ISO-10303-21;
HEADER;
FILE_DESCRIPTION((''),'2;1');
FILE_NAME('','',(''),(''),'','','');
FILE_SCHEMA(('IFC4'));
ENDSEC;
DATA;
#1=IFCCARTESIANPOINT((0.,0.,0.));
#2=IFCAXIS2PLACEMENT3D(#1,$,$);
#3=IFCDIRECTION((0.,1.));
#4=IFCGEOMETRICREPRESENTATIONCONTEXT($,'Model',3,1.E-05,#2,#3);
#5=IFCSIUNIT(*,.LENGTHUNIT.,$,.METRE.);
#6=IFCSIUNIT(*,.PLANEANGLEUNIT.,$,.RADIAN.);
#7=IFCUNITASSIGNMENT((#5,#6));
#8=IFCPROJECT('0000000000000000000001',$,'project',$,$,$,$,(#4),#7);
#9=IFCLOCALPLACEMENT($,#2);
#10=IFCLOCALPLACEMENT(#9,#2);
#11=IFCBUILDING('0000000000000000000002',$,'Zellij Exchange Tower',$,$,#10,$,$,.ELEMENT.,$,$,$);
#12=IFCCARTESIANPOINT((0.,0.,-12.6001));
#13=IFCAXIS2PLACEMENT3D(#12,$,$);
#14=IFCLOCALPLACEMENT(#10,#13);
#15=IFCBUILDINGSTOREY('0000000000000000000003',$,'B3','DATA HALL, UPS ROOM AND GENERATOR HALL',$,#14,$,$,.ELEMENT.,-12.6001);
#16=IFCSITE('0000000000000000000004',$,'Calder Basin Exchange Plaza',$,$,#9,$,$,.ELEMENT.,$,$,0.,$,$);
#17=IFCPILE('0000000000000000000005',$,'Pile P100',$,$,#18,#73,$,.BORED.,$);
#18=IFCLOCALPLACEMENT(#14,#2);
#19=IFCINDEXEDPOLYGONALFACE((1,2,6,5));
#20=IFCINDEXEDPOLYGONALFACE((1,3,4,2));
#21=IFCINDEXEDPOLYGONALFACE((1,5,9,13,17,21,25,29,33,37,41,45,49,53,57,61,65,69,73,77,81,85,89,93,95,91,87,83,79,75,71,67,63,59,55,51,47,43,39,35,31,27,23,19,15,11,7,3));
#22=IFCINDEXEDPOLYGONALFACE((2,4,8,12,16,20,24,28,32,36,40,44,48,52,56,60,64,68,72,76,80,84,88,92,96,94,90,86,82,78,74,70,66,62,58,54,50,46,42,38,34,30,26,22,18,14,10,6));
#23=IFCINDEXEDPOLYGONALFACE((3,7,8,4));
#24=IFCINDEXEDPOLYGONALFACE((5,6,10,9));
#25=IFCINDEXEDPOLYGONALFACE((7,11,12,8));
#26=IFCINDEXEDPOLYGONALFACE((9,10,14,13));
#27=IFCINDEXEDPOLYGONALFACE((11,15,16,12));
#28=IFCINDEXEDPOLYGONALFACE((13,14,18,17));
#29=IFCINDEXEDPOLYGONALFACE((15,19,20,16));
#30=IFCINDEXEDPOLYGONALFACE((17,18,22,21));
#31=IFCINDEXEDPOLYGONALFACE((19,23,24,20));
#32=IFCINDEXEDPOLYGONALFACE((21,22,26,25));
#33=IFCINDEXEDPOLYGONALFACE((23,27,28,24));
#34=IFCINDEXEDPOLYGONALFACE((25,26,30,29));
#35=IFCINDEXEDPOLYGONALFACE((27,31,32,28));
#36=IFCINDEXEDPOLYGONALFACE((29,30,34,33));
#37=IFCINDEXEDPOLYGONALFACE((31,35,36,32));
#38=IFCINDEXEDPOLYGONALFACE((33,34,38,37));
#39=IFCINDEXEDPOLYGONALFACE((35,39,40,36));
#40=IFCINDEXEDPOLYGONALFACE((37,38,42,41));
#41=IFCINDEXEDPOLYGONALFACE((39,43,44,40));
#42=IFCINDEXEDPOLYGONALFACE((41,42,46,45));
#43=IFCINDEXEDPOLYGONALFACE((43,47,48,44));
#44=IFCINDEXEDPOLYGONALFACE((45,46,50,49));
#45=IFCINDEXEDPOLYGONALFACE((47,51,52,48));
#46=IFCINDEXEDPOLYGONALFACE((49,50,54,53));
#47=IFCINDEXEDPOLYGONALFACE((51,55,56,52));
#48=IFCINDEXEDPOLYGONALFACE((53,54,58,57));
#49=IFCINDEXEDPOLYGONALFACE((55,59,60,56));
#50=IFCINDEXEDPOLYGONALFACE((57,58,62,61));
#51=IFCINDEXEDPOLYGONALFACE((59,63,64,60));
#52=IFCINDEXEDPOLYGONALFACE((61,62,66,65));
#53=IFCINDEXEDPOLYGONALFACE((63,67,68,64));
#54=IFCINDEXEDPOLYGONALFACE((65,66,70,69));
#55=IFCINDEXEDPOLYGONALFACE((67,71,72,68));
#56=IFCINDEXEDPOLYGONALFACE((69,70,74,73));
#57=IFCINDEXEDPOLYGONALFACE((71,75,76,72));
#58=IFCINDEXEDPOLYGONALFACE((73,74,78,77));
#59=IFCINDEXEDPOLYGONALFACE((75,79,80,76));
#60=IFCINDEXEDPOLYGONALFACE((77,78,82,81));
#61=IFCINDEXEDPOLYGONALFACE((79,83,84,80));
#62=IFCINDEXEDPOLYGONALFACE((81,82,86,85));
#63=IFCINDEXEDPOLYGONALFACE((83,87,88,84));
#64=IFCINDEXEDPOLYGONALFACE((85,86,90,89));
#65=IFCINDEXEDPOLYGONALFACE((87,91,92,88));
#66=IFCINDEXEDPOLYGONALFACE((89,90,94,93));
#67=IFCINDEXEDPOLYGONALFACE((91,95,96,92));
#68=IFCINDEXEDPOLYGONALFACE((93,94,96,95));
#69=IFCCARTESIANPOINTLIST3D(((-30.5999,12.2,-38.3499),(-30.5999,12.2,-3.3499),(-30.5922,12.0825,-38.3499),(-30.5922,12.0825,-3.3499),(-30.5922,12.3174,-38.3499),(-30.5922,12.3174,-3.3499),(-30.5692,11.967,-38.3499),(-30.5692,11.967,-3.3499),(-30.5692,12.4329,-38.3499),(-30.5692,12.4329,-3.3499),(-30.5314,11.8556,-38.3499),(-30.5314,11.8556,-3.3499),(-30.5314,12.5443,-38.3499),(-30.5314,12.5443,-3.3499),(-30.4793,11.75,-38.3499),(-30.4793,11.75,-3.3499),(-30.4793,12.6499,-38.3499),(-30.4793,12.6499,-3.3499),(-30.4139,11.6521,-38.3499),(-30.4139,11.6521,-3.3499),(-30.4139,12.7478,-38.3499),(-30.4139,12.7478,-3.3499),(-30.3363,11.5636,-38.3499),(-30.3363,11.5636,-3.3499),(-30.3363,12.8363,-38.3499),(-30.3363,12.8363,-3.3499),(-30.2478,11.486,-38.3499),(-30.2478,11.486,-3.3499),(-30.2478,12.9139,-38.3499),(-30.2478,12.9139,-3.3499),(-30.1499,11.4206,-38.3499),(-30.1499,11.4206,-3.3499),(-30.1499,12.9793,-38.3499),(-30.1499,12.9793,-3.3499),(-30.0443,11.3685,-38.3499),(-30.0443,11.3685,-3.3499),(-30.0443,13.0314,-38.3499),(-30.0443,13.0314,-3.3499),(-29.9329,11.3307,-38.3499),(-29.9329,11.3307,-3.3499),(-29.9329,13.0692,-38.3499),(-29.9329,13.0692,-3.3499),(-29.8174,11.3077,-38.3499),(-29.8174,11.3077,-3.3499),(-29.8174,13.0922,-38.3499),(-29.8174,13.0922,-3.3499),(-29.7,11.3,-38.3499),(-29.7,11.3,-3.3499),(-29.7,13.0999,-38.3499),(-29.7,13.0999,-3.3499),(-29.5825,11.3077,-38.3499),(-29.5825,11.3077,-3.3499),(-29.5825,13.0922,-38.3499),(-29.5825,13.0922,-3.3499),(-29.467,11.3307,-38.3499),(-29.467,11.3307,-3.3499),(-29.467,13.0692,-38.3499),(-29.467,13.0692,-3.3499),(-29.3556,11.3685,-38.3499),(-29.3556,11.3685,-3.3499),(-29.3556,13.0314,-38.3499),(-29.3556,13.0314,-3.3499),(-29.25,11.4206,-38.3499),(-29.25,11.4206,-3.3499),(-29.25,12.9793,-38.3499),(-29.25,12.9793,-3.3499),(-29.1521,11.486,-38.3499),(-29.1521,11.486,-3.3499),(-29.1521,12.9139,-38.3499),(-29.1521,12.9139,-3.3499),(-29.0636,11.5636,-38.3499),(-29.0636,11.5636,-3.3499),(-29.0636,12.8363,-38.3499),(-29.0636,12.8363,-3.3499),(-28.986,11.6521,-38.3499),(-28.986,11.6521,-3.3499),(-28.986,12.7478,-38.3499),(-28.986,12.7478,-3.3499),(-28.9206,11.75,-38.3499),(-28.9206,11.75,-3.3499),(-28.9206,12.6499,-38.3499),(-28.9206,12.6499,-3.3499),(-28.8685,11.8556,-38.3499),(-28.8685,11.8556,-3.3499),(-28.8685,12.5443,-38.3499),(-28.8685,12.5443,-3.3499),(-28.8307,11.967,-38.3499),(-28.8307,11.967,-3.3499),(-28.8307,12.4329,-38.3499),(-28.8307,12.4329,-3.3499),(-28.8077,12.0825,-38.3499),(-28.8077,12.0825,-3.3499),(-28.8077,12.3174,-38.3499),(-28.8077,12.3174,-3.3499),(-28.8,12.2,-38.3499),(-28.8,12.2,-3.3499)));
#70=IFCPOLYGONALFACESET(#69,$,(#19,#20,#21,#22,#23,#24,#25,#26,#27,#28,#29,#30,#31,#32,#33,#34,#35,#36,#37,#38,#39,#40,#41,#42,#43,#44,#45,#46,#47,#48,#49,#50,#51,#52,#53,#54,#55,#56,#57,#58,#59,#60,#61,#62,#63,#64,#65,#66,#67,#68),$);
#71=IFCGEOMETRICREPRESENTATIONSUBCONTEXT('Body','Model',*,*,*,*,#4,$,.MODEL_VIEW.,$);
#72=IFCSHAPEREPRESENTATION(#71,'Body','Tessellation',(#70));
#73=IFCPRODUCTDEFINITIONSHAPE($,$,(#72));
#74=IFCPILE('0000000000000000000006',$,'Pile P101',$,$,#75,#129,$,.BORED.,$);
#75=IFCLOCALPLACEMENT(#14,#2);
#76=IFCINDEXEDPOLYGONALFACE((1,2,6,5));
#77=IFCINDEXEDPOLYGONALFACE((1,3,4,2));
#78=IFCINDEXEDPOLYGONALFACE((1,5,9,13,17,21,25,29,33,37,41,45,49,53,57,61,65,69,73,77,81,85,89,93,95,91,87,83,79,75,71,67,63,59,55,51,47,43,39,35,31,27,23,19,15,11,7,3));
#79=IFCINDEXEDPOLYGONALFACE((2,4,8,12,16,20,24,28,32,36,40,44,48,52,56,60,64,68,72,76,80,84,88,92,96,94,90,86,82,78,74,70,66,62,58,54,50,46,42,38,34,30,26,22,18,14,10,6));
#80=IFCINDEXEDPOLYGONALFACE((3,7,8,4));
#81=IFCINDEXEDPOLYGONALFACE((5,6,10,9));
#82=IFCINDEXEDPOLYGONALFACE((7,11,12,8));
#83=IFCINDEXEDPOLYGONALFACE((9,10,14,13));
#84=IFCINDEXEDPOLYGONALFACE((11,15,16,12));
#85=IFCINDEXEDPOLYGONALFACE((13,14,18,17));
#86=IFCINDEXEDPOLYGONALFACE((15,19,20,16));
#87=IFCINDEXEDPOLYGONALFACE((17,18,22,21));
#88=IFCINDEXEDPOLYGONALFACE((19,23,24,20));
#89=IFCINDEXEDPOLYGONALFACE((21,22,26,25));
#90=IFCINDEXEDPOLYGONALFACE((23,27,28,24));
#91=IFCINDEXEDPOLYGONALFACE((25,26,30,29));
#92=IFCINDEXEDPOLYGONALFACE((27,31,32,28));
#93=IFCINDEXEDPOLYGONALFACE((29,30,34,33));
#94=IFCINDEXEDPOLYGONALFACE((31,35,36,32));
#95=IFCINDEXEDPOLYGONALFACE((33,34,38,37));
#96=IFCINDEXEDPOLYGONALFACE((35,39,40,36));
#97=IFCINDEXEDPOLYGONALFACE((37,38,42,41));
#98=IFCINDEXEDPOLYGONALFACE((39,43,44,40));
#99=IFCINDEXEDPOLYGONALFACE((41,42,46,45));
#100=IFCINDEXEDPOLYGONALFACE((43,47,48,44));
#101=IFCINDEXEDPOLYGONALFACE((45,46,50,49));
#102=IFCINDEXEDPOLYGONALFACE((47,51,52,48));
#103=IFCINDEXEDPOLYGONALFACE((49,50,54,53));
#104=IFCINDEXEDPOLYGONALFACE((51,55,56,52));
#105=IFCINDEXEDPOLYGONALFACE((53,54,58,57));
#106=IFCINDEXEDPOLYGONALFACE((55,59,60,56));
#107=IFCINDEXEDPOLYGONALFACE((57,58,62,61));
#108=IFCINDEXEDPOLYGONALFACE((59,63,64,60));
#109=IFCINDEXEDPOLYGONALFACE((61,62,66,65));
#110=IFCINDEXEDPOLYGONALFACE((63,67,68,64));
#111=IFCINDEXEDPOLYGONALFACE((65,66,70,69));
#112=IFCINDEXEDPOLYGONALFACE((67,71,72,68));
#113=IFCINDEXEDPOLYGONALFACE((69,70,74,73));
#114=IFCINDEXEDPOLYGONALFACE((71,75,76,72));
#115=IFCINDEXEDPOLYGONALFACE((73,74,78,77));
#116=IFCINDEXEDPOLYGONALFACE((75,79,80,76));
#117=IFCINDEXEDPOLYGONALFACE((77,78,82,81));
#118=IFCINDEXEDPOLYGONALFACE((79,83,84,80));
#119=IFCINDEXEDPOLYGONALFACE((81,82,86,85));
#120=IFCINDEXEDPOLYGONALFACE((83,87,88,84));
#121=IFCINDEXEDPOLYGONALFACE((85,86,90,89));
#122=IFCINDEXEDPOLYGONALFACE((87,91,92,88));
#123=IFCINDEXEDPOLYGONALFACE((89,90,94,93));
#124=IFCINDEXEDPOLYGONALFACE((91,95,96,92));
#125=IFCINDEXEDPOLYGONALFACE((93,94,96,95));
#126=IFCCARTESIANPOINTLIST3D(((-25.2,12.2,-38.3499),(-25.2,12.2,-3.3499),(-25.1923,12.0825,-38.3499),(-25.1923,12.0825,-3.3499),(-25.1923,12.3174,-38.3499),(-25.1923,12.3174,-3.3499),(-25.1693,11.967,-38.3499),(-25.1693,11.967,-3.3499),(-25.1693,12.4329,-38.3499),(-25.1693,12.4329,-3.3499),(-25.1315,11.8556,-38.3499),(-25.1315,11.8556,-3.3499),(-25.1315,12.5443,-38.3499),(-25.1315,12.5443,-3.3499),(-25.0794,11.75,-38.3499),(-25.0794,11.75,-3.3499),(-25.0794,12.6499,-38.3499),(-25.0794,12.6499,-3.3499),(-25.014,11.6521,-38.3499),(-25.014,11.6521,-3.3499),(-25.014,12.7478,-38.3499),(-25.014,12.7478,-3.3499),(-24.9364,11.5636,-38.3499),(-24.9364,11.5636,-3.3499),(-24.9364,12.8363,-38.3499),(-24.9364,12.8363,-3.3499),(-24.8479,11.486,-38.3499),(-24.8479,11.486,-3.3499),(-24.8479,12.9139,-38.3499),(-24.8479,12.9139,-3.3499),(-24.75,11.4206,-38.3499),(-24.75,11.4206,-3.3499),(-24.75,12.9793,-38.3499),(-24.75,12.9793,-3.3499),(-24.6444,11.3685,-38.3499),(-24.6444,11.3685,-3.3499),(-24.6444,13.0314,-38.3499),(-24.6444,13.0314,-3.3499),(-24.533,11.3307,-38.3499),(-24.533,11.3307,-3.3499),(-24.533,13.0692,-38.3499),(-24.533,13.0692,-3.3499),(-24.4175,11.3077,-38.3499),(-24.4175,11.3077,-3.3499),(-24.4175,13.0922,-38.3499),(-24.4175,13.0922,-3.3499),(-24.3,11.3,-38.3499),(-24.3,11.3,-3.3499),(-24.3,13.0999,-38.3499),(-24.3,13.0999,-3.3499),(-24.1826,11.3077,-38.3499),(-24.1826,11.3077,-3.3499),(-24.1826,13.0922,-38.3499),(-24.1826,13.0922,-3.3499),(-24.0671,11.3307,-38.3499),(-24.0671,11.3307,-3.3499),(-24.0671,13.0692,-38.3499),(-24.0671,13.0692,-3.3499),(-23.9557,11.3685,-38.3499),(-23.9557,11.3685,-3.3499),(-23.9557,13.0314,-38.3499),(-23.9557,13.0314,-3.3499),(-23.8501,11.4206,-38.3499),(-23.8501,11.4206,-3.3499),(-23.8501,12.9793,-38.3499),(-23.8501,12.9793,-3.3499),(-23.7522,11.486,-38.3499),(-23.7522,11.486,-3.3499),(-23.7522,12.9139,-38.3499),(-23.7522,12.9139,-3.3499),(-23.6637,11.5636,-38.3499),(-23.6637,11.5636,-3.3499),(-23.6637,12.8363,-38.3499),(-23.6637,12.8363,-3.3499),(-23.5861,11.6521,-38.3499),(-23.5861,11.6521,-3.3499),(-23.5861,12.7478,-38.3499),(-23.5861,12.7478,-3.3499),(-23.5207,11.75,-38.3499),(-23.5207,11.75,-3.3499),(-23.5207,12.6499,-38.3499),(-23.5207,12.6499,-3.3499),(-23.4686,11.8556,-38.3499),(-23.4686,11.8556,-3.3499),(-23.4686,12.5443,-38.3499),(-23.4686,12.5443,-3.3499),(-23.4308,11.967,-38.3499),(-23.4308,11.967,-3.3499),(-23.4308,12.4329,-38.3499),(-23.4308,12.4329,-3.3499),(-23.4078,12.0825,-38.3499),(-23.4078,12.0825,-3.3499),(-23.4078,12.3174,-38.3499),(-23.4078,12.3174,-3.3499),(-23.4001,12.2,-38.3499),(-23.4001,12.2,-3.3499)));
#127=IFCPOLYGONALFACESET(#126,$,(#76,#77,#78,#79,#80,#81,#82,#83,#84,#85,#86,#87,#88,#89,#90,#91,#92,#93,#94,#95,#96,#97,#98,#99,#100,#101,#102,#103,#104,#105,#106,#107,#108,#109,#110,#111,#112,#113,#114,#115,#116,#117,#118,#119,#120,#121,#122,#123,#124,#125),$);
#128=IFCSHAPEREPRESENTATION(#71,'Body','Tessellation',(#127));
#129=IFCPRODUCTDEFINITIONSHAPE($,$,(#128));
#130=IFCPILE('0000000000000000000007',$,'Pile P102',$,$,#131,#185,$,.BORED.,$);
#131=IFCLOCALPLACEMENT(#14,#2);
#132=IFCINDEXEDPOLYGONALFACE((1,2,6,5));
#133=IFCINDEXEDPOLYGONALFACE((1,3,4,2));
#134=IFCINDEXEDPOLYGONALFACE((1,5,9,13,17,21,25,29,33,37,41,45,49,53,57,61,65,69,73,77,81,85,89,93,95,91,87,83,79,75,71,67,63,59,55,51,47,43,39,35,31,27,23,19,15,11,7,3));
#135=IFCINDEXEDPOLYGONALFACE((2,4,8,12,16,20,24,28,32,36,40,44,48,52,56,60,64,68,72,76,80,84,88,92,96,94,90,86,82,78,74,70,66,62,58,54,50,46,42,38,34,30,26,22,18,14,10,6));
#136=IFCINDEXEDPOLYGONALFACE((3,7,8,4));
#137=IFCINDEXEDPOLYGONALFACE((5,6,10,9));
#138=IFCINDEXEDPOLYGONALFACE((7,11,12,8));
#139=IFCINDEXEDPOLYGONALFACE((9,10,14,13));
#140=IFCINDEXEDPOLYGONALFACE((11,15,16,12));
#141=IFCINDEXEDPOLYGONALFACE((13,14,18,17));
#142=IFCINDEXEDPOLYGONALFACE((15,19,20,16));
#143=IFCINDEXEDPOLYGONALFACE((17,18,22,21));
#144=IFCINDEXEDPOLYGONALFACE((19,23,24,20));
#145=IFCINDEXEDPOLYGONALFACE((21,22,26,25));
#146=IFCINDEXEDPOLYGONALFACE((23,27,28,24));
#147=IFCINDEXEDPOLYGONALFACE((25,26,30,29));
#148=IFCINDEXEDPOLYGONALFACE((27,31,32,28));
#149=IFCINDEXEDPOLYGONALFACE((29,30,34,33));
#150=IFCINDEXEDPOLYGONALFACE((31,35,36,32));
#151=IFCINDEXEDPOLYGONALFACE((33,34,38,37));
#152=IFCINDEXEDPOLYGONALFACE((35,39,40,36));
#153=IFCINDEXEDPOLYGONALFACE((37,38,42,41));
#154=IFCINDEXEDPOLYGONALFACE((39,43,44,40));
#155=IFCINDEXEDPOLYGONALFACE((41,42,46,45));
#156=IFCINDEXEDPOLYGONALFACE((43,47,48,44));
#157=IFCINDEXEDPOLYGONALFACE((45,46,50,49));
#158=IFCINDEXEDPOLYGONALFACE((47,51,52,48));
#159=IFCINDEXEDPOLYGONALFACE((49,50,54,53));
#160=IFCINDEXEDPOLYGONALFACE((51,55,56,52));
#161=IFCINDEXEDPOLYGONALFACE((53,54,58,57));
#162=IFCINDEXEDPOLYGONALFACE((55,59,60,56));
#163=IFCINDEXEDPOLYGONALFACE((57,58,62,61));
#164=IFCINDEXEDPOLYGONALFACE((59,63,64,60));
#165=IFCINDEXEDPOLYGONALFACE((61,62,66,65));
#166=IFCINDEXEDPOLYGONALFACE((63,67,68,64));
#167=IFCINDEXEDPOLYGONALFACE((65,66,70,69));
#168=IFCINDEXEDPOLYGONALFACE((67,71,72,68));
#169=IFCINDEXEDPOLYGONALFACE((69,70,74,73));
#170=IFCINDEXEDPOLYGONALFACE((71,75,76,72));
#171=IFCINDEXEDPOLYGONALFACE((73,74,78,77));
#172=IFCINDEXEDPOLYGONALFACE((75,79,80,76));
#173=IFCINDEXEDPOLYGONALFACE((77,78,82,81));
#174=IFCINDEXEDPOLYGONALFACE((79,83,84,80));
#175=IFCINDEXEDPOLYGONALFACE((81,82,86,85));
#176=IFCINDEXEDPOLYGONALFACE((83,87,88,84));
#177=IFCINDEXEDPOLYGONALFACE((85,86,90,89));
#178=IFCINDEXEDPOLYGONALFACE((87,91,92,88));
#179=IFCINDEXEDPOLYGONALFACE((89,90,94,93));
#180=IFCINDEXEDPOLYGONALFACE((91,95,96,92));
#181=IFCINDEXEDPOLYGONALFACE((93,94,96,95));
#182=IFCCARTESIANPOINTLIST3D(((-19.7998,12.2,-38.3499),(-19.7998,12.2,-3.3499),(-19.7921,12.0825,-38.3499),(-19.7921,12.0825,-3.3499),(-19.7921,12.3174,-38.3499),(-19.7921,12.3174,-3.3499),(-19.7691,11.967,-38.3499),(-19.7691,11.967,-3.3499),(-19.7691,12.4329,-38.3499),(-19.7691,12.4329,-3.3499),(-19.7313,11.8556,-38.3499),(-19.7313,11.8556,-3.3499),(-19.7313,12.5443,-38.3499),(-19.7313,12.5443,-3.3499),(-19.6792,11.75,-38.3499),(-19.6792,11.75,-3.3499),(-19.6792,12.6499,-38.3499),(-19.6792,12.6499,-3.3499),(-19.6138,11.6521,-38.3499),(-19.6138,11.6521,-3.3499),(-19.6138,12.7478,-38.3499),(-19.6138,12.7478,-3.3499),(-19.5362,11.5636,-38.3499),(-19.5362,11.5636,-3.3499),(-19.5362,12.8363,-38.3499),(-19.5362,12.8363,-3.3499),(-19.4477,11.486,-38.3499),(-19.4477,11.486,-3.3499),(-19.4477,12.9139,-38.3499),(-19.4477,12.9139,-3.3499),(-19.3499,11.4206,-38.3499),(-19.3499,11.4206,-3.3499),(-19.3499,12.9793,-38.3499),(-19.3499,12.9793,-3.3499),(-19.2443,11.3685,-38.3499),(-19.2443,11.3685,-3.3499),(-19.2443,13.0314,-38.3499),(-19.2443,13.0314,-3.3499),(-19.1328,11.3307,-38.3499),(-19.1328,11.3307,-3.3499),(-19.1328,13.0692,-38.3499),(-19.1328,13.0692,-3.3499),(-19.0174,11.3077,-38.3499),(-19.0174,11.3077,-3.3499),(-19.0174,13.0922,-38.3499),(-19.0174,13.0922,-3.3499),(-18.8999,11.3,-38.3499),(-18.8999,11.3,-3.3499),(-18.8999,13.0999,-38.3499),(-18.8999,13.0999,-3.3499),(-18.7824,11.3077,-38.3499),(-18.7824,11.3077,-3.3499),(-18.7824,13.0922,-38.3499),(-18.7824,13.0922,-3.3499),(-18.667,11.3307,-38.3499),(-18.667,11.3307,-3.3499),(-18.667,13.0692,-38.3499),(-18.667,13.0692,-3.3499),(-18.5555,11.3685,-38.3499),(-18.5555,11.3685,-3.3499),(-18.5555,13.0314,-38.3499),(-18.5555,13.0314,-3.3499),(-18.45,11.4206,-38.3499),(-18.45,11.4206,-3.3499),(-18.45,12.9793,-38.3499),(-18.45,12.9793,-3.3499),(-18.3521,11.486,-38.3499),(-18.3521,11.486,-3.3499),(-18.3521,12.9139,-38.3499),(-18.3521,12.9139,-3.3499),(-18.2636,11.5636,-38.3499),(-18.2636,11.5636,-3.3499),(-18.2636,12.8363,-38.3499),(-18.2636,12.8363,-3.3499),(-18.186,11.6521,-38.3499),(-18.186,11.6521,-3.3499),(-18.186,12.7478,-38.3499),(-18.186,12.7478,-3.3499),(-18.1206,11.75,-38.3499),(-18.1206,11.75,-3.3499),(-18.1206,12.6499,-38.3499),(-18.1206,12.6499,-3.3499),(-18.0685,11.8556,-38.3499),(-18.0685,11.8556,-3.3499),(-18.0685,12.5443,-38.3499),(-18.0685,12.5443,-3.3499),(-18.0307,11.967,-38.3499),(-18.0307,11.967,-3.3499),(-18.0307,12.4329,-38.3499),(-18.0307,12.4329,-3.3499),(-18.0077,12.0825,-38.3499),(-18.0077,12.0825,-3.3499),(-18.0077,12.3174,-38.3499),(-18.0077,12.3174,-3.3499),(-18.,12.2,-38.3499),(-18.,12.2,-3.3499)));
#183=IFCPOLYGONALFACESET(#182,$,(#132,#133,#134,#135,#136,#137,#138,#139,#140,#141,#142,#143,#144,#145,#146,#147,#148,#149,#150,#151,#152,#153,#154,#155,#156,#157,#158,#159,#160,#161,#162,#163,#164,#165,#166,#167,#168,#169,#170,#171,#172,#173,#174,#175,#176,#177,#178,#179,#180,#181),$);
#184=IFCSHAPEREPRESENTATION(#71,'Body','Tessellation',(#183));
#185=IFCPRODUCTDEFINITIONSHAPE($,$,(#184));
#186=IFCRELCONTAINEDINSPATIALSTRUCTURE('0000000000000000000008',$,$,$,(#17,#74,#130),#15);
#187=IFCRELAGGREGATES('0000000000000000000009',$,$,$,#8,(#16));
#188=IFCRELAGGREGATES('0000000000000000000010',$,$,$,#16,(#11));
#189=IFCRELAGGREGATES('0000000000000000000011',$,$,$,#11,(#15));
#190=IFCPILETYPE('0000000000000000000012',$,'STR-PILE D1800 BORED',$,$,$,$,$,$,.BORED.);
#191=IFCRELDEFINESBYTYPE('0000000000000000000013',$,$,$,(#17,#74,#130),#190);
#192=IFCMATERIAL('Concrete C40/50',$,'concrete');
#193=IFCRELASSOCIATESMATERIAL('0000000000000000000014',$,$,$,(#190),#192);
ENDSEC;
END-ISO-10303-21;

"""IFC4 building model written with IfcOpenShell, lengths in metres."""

from ifc_helpers import new_model, si_unit, direction, frame, origin, origin_2d, place, context, subcontext, project, spatial, circle, extrude, material, material_profile, profile_set, type_object, element, save


model = new_model("IFC4")

# Units and contexts
model_context = context("Model", 3, precision=1e-05, world=origin(), true_north=direction((0.0, 1.0)))
body_context = subcontext(model_context, "Body", "Model", "MODEL_VIEW")
ifc_project = project(units=[si_unit("LENGTHUNIT", "METRE"), si_unit("PLANEANGLEUNIT", "RADIAN")], contexts=[model_context])

# Site, building, storey
site_placement = place(None, origin())
site = spatial("IfcSite", under=ifc_project, at=site_placement, Name="Calder Basin Exchange Plaza", CompositionType="ELEMENT", RefElevation=0.0)
building_placement = place(site_placement, origin())
building = spatial("IfcBuilding", under=site, at=building_placement, Name="Zellij Exchange Tower", CompositionType="ELEMENT")
storey_placement = place(building_placement, frame((0.0, 0.0, -12.6001)))
storey = spatial("IfcBuildingStorey", under=building, at=storey_placement, Name="B3", Description="DATA HALL, UPS ROOM AND GENERATOR HALL", CompositionType="ELEMENT", Elevation=-12.6001)

# Piles
ifc_material_1 = material(Name="Concrete C40/50", Category="concrete")
ifc_material_profile_1 = material_profile(ifc_material_1, circle(Radius=0.8999, at=origin_2d()), Name="STR-PILE D1800 BORED")
ifc_profile_set_1 = profile_set([ifc_material_profile_1], Name="Concrete C40/50")
pile_type = type_object("IfcPileType", Name="STR-PILE D1800 BORED", PredefinedType="BORED", material=ifc_profile_set_1)
for number, where, z_axis, x_axis, name in (
    (1, (-29.7, 12.2, -3.3499), (0.0, 0.0, -1.0), (1.0, 0.0, 0.0), "Pile P100"),
    (2, (-24.3, 12.2, -3.3499), (0.0, 0.0, -1.0), (1.0, 0.0, 0.0), "Pile P101"),
    (3, (-18.8999, 12.2, -3.3499), (0.0, 0.0, -1.0), (1.0, 0.0, 0.0), "Pile P102"),
):
    element("IfcPile", number, at=place(storey_placement, frame(where, z_axis=z_axis, x_axis=x_axis)), inside=storey, type_object=pile_type, Name=name, PredefinedType="BORED", context=body_context, shape_type="SweptSolid", body=[
        extrude(circle(Radius=0.8999, at=origin_2d()), origin(), (0.0, 0.0, 1.0), 35.0),
    ])

save(model, "model.ifc")
